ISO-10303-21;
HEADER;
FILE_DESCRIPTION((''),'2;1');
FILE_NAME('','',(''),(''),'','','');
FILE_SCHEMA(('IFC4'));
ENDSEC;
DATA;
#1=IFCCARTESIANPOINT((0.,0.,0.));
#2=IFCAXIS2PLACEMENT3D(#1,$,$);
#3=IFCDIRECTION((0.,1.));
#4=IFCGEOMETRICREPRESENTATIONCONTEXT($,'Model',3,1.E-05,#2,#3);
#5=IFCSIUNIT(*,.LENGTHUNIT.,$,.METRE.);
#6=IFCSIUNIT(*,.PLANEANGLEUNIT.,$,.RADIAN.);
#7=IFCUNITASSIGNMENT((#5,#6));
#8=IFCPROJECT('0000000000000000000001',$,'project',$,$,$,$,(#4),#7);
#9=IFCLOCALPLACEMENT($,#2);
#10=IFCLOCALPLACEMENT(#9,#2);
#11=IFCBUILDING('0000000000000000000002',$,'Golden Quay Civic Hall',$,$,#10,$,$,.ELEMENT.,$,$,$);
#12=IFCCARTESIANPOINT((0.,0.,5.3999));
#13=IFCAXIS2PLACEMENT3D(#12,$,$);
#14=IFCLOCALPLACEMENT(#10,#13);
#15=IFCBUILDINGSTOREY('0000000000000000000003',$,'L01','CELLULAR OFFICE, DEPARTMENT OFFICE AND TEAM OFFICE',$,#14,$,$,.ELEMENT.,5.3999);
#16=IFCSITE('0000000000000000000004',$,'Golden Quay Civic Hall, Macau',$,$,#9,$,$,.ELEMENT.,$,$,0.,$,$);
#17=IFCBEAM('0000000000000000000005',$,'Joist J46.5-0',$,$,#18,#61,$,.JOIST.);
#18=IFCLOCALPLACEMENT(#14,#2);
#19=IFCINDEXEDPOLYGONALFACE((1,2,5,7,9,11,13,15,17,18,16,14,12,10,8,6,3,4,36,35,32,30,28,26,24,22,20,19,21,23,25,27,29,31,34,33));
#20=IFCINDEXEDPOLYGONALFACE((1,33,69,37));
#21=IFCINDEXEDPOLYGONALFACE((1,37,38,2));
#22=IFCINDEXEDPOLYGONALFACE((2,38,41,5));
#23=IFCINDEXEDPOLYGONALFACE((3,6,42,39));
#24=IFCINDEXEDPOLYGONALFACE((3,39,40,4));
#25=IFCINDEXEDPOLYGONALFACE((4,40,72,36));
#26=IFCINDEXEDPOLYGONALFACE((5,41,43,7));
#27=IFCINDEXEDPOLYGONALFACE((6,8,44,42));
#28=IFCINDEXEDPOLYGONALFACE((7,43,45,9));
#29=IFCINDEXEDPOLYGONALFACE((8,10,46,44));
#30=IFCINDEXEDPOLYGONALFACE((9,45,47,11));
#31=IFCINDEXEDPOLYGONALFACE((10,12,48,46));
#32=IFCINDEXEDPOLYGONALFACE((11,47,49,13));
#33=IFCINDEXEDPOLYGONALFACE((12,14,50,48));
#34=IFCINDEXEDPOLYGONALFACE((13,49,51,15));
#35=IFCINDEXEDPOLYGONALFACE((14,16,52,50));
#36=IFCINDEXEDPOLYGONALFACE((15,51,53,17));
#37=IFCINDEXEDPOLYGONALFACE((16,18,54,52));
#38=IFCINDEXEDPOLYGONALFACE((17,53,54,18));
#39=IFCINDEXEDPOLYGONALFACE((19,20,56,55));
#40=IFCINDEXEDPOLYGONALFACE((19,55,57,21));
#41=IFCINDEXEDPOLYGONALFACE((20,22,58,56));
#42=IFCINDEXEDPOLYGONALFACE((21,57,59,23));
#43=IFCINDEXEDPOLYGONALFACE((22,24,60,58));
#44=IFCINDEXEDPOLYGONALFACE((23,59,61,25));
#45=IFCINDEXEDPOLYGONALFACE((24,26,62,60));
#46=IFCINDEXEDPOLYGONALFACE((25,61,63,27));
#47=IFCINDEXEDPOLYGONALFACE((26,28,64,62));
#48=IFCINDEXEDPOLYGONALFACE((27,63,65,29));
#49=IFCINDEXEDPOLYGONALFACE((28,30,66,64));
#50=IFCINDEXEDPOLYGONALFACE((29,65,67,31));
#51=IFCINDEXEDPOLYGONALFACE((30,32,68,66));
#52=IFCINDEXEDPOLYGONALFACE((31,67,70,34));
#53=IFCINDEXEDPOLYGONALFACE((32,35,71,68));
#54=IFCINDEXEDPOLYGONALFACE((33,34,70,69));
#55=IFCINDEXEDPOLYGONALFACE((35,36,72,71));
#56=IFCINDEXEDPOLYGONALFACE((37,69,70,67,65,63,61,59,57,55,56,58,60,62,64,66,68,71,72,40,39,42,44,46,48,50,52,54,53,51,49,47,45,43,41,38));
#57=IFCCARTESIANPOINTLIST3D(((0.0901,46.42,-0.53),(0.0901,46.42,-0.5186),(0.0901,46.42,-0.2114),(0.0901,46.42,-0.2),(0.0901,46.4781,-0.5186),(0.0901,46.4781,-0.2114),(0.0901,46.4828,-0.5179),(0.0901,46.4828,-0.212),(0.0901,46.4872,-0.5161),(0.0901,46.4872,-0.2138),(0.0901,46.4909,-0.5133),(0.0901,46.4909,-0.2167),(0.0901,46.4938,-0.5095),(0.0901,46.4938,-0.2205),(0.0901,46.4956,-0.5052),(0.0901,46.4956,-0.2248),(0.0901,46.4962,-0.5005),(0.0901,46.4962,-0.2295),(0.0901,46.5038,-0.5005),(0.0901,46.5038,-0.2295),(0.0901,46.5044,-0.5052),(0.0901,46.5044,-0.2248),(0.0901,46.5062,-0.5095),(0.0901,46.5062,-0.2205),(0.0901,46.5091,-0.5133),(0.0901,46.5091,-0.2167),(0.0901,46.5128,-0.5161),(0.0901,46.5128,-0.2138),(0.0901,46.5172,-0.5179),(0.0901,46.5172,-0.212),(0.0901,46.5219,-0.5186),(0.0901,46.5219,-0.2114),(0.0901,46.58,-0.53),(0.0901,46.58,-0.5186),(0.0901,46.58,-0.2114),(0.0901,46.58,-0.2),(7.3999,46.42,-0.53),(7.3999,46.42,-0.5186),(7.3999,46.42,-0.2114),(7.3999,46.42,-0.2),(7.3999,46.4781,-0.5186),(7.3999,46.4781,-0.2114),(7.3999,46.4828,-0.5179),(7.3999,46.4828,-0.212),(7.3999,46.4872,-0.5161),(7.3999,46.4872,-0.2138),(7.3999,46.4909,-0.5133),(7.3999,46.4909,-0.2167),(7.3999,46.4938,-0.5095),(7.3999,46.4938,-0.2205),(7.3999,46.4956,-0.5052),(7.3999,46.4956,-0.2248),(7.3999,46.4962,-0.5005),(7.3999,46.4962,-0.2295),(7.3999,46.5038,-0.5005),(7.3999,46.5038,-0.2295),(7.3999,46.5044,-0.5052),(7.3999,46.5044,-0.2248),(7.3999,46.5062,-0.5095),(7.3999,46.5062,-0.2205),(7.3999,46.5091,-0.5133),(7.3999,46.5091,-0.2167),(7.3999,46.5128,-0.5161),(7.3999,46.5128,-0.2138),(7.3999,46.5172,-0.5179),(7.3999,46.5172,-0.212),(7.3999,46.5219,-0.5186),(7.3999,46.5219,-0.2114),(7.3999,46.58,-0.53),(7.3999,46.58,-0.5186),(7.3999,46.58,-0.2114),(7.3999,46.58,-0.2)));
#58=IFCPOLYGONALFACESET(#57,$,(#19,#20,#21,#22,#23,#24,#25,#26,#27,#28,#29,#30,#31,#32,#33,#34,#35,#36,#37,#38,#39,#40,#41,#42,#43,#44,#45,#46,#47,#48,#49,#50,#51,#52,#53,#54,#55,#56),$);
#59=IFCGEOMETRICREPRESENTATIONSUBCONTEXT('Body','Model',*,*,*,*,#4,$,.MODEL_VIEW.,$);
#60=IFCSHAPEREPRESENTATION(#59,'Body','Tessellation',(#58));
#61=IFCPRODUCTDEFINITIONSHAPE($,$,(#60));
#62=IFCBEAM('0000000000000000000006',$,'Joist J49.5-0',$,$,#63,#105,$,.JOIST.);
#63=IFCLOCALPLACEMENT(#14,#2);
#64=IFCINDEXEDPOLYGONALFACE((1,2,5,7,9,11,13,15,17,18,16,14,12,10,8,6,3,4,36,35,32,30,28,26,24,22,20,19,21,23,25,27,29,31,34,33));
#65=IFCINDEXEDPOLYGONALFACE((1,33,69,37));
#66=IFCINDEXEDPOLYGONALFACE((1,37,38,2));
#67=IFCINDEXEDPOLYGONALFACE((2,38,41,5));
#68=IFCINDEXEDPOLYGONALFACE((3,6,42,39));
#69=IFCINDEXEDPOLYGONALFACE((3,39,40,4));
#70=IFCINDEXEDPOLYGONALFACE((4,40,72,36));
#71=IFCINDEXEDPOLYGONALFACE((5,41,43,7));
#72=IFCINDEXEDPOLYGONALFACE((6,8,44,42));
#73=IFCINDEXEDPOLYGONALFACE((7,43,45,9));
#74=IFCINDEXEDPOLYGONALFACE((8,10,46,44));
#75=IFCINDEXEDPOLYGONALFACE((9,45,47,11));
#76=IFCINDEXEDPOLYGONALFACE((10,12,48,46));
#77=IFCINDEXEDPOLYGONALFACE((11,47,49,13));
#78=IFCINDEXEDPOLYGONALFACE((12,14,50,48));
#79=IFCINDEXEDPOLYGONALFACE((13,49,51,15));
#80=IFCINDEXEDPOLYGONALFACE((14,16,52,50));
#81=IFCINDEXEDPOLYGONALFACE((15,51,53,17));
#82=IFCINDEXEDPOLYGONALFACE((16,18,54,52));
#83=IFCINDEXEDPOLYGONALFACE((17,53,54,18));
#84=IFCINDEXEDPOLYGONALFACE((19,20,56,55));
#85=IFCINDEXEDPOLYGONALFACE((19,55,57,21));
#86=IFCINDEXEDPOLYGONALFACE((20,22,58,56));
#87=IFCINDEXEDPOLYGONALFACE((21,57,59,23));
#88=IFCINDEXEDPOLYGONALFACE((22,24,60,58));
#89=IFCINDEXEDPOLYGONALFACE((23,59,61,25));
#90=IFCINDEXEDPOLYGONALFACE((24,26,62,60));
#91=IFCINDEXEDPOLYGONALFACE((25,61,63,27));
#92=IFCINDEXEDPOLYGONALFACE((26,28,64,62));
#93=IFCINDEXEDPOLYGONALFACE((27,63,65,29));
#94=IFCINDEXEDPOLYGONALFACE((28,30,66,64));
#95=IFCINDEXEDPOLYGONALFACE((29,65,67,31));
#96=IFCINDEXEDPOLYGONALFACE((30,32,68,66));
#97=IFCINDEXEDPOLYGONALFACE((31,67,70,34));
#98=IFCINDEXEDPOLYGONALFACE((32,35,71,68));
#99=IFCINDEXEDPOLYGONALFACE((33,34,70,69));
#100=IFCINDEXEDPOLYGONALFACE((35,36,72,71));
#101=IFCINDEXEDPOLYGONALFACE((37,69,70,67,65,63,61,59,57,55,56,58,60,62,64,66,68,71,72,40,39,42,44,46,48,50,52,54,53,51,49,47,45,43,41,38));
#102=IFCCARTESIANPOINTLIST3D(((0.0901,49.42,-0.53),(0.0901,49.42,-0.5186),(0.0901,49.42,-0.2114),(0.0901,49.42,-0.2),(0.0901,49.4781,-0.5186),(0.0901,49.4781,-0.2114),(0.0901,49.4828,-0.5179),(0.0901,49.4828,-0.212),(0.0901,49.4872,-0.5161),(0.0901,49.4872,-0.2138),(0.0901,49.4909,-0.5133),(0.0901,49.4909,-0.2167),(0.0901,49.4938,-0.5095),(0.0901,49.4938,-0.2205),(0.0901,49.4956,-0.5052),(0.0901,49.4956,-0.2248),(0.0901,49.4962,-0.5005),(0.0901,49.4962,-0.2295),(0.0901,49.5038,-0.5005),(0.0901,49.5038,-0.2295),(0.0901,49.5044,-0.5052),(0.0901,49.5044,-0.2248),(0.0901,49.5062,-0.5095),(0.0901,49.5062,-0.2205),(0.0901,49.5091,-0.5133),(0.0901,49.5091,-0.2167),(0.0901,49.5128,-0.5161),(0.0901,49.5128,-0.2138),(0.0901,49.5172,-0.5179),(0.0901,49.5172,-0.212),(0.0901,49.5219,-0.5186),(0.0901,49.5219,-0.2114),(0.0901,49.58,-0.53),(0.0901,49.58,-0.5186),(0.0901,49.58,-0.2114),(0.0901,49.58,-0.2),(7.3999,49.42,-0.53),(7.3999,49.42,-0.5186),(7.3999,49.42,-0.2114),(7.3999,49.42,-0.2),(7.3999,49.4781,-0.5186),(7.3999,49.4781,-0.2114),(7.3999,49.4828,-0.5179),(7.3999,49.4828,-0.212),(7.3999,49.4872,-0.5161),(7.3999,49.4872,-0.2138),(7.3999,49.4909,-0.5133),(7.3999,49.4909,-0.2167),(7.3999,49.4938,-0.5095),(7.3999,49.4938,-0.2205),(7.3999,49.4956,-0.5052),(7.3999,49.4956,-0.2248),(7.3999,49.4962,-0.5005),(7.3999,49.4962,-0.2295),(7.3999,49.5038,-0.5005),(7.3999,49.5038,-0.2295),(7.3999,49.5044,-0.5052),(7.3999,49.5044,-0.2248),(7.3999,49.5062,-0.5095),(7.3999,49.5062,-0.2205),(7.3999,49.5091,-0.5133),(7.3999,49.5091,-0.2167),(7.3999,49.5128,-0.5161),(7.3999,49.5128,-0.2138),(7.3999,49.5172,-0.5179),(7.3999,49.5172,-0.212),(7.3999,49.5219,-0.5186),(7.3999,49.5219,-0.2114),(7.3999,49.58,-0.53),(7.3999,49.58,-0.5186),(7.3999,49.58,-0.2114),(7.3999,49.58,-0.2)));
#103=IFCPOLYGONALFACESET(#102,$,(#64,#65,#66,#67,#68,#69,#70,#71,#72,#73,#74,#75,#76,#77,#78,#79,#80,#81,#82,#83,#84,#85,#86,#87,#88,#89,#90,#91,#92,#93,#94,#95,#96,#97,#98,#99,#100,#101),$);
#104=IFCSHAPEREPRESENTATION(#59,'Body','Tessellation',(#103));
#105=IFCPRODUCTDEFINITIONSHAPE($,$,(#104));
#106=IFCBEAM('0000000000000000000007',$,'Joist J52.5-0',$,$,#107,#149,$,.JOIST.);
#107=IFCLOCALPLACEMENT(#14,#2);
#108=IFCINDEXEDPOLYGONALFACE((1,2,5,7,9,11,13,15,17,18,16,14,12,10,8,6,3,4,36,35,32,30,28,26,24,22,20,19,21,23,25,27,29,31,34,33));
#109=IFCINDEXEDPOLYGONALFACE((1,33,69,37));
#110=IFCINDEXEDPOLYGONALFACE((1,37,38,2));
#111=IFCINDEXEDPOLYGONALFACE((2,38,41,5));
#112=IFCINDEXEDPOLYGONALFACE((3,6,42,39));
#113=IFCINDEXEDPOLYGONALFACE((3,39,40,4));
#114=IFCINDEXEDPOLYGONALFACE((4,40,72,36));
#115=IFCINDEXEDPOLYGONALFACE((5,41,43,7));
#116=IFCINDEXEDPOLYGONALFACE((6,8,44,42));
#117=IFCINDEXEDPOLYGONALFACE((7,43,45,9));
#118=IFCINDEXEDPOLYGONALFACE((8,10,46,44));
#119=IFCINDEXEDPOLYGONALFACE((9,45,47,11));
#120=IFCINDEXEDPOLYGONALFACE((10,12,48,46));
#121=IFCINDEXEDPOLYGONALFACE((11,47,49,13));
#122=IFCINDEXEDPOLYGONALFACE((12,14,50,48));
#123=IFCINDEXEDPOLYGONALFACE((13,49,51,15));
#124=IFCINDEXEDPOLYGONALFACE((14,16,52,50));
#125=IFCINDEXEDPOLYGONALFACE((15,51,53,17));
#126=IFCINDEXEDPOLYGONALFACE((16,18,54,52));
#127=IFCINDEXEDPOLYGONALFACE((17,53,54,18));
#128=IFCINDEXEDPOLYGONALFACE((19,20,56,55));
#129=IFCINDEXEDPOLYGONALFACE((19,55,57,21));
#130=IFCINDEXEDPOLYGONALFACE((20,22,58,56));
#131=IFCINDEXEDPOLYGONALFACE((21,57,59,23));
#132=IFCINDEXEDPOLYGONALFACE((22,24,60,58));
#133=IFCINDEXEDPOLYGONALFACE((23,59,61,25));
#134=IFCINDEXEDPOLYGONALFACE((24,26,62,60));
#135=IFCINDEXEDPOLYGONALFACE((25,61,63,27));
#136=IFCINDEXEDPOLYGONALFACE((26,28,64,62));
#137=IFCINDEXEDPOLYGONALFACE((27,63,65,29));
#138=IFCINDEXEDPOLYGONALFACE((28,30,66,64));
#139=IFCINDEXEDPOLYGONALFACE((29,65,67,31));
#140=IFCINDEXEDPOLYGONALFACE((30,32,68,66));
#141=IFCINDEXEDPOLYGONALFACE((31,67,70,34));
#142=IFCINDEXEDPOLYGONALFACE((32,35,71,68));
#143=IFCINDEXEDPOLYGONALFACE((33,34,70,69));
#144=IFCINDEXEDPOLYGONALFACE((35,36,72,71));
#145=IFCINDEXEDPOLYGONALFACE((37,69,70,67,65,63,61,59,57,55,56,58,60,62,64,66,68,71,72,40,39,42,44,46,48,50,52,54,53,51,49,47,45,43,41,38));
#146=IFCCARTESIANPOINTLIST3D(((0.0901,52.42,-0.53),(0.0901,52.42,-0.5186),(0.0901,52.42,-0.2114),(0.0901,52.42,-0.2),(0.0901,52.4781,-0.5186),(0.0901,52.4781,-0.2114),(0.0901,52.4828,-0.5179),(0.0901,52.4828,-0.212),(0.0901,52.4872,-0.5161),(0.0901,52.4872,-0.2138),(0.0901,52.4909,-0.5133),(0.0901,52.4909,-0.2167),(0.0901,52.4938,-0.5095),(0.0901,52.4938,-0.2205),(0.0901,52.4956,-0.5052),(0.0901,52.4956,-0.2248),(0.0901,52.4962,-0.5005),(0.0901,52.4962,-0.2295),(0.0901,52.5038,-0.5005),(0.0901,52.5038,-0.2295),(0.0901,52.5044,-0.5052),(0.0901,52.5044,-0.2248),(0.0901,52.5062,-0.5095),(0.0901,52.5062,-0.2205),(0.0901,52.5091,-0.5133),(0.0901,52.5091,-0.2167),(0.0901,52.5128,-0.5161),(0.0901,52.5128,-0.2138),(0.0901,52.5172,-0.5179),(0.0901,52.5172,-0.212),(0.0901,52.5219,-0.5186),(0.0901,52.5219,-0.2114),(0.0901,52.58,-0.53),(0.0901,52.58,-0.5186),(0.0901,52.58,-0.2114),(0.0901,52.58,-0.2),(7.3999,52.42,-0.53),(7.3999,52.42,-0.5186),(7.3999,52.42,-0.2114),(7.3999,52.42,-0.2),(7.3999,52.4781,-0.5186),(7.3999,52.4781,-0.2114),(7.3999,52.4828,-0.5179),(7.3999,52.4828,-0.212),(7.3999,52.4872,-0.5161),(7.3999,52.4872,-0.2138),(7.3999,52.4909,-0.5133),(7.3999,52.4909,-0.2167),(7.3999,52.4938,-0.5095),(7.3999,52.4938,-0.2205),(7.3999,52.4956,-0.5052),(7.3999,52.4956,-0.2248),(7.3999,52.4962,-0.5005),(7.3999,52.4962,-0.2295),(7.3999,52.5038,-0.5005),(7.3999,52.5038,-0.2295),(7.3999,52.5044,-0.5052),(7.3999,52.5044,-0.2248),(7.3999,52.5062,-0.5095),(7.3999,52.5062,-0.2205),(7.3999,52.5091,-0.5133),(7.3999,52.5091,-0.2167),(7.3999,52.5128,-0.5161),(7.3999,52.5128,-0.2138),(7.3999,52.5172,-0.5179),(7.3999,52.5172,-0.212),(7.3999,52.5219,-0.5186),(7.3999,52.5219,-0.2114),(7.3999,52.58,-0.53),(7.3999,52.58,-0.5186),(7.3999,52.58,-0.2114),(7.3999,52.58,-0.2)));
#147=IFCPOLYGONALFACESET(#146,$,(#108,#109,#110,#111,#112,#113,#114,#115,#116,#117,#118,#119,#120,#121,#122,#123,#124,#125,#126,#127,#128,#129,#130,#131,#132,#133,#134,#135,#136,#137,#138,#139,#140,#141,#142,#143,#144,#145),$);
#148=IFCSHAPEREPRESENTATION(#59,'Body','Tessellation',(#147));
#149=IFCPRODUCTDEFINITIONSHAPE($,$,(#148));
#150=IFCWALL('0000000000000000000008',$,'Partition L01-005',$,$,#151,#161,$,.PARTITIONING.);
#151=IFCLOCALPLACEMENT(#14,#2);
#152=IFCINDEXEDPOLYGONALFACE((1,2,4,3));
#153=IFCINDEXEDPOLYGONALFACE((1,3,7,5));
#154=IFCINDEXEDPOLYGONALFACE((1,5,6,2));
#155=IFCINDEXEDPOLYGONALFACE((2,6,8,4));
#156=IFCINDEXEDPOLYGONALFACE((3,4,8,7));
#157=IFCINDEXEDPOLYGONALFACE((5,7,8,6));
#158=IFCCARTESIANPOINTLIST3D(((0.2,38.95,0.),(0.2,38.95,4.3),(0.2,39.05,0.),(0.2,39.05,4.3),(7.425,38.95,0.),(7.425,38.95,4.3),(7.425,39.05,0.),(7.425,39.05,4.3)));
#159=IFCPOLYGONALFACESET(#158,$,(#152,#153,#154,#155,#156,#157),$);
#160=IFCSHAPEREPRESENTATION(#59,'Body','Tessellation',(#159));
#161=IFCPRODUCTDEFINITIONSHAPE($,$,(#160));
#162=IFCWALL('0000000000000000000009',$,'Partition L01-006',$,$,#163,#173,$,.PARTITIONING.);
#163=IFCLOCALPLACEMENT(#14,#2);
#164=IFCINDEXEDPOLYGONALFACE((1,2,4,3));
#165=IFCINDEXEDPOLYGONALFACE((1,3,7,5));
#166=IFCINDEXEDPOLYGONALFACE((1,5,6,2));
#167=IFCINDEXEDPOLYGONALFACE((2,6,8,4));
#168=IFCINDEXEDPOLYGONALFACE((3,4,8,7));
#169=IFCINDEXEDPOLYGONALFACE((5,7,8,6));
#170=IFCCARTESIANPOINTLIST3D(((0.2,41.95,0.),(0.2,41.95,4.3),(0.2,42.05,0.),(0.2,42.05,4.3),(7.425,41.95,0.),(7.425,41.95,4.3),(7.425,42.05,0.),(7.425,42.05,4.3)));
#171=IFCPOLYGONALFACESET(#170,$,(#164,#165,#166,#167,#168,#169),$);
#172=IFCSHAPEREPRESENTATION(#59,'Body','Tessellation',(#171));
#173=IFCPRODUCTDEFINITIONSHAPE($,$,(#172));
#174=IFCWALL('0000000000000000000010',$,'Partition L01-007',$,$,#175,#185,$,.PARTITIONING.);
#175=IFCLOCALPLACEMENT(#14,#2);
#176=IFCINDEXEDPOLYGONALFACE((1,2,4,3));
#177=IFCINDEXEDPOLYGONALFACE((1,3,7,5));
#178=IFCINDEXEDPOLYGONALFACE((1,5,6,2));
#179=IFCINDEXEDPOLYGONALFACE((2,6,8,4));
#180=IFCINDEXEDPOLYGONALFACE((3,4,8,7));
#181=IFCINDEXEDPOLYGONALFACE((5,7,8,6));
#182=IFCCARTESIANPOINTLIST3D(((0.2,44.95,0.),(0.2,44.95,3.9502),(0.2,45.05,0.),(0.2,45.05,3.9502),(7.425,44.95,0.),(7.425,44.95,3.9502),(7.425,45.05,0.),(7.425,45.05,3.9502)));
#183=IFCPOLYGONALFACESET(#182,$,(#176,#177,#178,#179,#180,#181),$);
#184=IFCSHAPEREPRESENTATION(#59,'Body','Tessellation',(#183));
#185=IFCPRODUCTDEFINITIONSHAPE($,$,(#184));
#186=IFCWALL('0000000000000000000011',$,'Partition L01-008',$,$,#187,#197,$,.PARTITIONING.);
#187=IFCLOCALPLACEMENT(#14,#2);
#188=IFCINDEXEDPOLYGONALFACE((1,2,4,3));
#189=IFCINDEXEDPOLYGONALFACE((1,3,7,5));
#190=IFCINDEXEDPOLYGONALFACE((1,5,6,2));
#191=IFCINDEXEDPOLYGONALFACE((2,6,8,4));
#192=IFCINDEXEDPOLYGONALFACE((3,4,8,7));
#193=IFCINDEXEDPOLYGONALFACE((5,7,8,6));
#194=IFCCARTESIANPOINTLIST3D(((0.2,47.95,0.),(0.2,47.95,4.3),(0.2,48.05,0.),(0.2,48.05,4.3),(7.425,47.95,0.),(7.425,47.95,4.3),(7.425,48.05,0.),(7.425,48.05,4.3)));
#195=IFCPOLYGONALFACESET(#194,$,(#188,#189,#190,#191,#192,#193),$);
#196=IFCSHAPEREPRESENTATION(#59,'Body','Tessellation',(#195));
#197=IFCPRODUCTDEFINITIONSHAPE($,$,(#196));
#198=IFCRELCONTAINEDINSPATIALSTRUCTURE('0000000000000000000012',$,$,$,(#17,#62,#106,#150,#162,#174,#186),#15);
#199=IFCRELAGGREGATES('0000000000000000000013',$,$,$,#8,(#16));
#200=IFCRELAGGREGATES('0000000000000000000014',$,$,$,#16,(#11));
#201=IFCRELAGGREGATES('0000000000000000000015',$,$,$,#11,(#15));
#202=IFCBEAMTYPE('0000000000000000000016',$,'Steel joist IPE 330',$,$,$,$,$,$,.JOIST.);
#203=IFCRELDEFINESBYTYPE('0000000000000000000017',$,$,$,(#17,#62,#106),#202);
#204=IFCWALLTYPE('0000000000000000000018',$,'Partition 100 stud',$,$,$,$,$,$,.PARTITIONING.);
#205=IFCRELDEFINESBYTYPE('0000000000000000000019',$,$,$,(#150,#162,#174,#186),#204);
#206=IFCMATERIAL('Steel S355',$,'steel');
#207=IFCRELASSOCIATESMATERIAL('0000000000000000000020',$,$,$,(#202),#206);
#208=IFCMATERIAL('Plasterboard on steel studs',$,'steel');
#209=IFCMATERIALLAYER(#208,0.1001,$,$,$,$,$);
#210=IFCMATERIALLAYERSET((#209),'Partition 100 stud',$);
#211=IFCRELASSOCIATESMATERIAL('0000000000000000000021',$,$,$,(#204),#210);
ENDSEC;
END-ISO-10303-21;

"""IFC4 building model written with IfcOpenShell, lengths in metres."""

from ifc_helpers import new_model, si_unit, direction, frame, frame_2d, origin, origin_2d, place, context, subcontext, project, spatial, rectangle, i_section, extrude, material, layer, layer_set, material_profile, profile_set, type_object, element, save


model = new_model("IFC4")

# Units and contexts
model_context = context("Model", 3, precision=1e-05, world=origin(), true_north=direction((0.0, 1.0)))
body_context = subcontext(model_context, "Body", "Model", "MODEL_VIEW")
ifc_project = project(units=[si_unit("LENGTHUNIT", "METRE"), si_unit("PLANEANGLEUNIT", "RADIAN")], contexts=[model_context])

# Site, building, storey
site_placement = place(None, origin())
site = spatial("IfcSite", under=ifc_project, at=site_placement, Name="Golden Quay Civic Hall, Macau", CompositionType="ELEMENT", RefElevation=0.0)
building_placement = place(site_placement, origin())
building = spatial("IfcBuilding", under=site, at=building_placement, Name="Golden Quay Civic Hall", CompositionType="ELEMENT")
storey_placement = place(building_placement, frame((0.0, 0.0, 5.3999)))
storey = spatial("IfcBuildingStorey", under=building, at=storey_placement, Name="L01", Description="CELLULAR OFFICE, DEPARTMENT OFFICE AND TEAM OFFICE", CompositionType="ELEMENT", Elevation=5.3999)

# Beams
ifc_material_1 = material(Name="Steel S355", Category="steel")
ifc_material_profile_1 = material_profile(ifc_material_1, i_section(OverallWidth=0.1599, OverallDepth=0.3301, WebThickness=0.0076, FlangeThickness=0.0115, FilletRadius=0.0181, at=origin_2d()), Name="IPE 330")
ifc_profile_set_1 = profile_set([ifc_material_profile_1], Name="Steel S355")
beam_type_1 = type_object("IfcBeamType", Name="Steel joist IPE 330", PredefinedType="JOIST", material=ifc_profile_set_1)
for number, where, z_axis, x_axis, name in (
    (1, (0.0901, 46.5, -0.365), (1.0, 0.0, 0.0), (0.0, 1.0, 0.0), "Joist J46.5-0"),
    (2, (0.0901, 49.5, -0.365), (1.0, 0.0, 0.0), (0.0, 1.0, 0.0), "Joist J49.5-0"),
    (3, (0.0901, 52.5, -0.365), (1.0, 0.0, 0.0), (0.0, 1.0, 0.0), "Joist J52.5-0"),
):
    element("IfcBeam", number, at=place(storey_placement, frame(where, z_axis=z_axis, x_axis=x_axis)), inside=storey, type_object=beam_type_1, Name=name, PredefinedType="JOIST", context=body_context, shape_type="SweptSolid", body=[
        extrude(i_section(OverallWidth=0.1599, OverallDepth=0.3301, WebThickness=0.0076, FlangeThickness=0.0115, FilletRadius=0.0181, at=origin_2d()), origin(), (0.0, 0.0, 1.0), 7.3098),
    ])

# Walls
ifc_material_2 = material(Name="Plasterboard on steel studs", Category="steel")
ifc_layer_1 = layer(ifc_material_2, 0.1001)
ifc_layer_set_1 = layer_set([ifc_layer_1], Name="Partition 100 stud")
wall_type_1 = type_object("IfcWallType", Name="Partition 100 stud", PredefinedType="PARTITIONING", material=ifc_layer_set_1)
for number, where, z_axis, x_axis, name in (
    (4, (0.2, 39.0, 0.0), (0.0, 0.0, 1.0), (1.0, 0.0, 0.0), "Partition L01-005"),
    (5, (0.2, 42.0, 0.0), (0.0, 0.0, 1.0), (1.0, 0.0, 0.0), "Partition L01-006"),
):
    element("IfcWall", number, at=place(storey_placement, frame(where, z_axis=z_axis, x_axis=x_axis)), inside=storey, type_object=wall_type_1, Name=name, PredefinedType="PARTITIONING", context=body_context, shape_type="SweptSolid", body=[
        extrude(rectangle(XDim=7.2251, YDim=0.1001, at=frame_2d((3.6125, 0.0))), origin(), (0.0, 0.0, 1.0), 4.3),
    ])
wall_1_placement = place(storey_placement, frame((0.2, 45.0, 0.0), z_axis=(0.0, 0.0, 1.0), x_axis=(1.0, 0.0, 0.0)))
element("IfcWall", 6, at=wall_1_placement, inside=storey, type_object=wall_type_1, Name="Partition L01-007", PredefinedType="PARTITIONING", context=body_context, shape_type="SweptSolid", body=[
    extrude(rectangle(XDim=7.2251, YDim=0.1001, at=frame_2d((3.6125, 0.0))), origin(), (0.0, 0.0, 1.0), 3.9502),
])
wall_2_placement = place(storey_placement, frame((0.2, 48.0, 0.0), z_axis=(0.0, 0.0, 1.0), x_axis=(1.0, 0.0, 0.0)))
element("IfcWall", 7, at=wall_2_placement, inside=storey, type_object=wall_type_1, Name="Partition L01-008", PredefinedType="PARTITIONING", context=body_context, shape_type="SweptSolid", body=[
    extrude(rectangle(XDim=7.2251, YDim=0.1001, at=frame_2d((3.6125, 0.0))), origin(), (0.0, 0.0, 1.0), 4.3),
])

save(model, "model.ifc")
